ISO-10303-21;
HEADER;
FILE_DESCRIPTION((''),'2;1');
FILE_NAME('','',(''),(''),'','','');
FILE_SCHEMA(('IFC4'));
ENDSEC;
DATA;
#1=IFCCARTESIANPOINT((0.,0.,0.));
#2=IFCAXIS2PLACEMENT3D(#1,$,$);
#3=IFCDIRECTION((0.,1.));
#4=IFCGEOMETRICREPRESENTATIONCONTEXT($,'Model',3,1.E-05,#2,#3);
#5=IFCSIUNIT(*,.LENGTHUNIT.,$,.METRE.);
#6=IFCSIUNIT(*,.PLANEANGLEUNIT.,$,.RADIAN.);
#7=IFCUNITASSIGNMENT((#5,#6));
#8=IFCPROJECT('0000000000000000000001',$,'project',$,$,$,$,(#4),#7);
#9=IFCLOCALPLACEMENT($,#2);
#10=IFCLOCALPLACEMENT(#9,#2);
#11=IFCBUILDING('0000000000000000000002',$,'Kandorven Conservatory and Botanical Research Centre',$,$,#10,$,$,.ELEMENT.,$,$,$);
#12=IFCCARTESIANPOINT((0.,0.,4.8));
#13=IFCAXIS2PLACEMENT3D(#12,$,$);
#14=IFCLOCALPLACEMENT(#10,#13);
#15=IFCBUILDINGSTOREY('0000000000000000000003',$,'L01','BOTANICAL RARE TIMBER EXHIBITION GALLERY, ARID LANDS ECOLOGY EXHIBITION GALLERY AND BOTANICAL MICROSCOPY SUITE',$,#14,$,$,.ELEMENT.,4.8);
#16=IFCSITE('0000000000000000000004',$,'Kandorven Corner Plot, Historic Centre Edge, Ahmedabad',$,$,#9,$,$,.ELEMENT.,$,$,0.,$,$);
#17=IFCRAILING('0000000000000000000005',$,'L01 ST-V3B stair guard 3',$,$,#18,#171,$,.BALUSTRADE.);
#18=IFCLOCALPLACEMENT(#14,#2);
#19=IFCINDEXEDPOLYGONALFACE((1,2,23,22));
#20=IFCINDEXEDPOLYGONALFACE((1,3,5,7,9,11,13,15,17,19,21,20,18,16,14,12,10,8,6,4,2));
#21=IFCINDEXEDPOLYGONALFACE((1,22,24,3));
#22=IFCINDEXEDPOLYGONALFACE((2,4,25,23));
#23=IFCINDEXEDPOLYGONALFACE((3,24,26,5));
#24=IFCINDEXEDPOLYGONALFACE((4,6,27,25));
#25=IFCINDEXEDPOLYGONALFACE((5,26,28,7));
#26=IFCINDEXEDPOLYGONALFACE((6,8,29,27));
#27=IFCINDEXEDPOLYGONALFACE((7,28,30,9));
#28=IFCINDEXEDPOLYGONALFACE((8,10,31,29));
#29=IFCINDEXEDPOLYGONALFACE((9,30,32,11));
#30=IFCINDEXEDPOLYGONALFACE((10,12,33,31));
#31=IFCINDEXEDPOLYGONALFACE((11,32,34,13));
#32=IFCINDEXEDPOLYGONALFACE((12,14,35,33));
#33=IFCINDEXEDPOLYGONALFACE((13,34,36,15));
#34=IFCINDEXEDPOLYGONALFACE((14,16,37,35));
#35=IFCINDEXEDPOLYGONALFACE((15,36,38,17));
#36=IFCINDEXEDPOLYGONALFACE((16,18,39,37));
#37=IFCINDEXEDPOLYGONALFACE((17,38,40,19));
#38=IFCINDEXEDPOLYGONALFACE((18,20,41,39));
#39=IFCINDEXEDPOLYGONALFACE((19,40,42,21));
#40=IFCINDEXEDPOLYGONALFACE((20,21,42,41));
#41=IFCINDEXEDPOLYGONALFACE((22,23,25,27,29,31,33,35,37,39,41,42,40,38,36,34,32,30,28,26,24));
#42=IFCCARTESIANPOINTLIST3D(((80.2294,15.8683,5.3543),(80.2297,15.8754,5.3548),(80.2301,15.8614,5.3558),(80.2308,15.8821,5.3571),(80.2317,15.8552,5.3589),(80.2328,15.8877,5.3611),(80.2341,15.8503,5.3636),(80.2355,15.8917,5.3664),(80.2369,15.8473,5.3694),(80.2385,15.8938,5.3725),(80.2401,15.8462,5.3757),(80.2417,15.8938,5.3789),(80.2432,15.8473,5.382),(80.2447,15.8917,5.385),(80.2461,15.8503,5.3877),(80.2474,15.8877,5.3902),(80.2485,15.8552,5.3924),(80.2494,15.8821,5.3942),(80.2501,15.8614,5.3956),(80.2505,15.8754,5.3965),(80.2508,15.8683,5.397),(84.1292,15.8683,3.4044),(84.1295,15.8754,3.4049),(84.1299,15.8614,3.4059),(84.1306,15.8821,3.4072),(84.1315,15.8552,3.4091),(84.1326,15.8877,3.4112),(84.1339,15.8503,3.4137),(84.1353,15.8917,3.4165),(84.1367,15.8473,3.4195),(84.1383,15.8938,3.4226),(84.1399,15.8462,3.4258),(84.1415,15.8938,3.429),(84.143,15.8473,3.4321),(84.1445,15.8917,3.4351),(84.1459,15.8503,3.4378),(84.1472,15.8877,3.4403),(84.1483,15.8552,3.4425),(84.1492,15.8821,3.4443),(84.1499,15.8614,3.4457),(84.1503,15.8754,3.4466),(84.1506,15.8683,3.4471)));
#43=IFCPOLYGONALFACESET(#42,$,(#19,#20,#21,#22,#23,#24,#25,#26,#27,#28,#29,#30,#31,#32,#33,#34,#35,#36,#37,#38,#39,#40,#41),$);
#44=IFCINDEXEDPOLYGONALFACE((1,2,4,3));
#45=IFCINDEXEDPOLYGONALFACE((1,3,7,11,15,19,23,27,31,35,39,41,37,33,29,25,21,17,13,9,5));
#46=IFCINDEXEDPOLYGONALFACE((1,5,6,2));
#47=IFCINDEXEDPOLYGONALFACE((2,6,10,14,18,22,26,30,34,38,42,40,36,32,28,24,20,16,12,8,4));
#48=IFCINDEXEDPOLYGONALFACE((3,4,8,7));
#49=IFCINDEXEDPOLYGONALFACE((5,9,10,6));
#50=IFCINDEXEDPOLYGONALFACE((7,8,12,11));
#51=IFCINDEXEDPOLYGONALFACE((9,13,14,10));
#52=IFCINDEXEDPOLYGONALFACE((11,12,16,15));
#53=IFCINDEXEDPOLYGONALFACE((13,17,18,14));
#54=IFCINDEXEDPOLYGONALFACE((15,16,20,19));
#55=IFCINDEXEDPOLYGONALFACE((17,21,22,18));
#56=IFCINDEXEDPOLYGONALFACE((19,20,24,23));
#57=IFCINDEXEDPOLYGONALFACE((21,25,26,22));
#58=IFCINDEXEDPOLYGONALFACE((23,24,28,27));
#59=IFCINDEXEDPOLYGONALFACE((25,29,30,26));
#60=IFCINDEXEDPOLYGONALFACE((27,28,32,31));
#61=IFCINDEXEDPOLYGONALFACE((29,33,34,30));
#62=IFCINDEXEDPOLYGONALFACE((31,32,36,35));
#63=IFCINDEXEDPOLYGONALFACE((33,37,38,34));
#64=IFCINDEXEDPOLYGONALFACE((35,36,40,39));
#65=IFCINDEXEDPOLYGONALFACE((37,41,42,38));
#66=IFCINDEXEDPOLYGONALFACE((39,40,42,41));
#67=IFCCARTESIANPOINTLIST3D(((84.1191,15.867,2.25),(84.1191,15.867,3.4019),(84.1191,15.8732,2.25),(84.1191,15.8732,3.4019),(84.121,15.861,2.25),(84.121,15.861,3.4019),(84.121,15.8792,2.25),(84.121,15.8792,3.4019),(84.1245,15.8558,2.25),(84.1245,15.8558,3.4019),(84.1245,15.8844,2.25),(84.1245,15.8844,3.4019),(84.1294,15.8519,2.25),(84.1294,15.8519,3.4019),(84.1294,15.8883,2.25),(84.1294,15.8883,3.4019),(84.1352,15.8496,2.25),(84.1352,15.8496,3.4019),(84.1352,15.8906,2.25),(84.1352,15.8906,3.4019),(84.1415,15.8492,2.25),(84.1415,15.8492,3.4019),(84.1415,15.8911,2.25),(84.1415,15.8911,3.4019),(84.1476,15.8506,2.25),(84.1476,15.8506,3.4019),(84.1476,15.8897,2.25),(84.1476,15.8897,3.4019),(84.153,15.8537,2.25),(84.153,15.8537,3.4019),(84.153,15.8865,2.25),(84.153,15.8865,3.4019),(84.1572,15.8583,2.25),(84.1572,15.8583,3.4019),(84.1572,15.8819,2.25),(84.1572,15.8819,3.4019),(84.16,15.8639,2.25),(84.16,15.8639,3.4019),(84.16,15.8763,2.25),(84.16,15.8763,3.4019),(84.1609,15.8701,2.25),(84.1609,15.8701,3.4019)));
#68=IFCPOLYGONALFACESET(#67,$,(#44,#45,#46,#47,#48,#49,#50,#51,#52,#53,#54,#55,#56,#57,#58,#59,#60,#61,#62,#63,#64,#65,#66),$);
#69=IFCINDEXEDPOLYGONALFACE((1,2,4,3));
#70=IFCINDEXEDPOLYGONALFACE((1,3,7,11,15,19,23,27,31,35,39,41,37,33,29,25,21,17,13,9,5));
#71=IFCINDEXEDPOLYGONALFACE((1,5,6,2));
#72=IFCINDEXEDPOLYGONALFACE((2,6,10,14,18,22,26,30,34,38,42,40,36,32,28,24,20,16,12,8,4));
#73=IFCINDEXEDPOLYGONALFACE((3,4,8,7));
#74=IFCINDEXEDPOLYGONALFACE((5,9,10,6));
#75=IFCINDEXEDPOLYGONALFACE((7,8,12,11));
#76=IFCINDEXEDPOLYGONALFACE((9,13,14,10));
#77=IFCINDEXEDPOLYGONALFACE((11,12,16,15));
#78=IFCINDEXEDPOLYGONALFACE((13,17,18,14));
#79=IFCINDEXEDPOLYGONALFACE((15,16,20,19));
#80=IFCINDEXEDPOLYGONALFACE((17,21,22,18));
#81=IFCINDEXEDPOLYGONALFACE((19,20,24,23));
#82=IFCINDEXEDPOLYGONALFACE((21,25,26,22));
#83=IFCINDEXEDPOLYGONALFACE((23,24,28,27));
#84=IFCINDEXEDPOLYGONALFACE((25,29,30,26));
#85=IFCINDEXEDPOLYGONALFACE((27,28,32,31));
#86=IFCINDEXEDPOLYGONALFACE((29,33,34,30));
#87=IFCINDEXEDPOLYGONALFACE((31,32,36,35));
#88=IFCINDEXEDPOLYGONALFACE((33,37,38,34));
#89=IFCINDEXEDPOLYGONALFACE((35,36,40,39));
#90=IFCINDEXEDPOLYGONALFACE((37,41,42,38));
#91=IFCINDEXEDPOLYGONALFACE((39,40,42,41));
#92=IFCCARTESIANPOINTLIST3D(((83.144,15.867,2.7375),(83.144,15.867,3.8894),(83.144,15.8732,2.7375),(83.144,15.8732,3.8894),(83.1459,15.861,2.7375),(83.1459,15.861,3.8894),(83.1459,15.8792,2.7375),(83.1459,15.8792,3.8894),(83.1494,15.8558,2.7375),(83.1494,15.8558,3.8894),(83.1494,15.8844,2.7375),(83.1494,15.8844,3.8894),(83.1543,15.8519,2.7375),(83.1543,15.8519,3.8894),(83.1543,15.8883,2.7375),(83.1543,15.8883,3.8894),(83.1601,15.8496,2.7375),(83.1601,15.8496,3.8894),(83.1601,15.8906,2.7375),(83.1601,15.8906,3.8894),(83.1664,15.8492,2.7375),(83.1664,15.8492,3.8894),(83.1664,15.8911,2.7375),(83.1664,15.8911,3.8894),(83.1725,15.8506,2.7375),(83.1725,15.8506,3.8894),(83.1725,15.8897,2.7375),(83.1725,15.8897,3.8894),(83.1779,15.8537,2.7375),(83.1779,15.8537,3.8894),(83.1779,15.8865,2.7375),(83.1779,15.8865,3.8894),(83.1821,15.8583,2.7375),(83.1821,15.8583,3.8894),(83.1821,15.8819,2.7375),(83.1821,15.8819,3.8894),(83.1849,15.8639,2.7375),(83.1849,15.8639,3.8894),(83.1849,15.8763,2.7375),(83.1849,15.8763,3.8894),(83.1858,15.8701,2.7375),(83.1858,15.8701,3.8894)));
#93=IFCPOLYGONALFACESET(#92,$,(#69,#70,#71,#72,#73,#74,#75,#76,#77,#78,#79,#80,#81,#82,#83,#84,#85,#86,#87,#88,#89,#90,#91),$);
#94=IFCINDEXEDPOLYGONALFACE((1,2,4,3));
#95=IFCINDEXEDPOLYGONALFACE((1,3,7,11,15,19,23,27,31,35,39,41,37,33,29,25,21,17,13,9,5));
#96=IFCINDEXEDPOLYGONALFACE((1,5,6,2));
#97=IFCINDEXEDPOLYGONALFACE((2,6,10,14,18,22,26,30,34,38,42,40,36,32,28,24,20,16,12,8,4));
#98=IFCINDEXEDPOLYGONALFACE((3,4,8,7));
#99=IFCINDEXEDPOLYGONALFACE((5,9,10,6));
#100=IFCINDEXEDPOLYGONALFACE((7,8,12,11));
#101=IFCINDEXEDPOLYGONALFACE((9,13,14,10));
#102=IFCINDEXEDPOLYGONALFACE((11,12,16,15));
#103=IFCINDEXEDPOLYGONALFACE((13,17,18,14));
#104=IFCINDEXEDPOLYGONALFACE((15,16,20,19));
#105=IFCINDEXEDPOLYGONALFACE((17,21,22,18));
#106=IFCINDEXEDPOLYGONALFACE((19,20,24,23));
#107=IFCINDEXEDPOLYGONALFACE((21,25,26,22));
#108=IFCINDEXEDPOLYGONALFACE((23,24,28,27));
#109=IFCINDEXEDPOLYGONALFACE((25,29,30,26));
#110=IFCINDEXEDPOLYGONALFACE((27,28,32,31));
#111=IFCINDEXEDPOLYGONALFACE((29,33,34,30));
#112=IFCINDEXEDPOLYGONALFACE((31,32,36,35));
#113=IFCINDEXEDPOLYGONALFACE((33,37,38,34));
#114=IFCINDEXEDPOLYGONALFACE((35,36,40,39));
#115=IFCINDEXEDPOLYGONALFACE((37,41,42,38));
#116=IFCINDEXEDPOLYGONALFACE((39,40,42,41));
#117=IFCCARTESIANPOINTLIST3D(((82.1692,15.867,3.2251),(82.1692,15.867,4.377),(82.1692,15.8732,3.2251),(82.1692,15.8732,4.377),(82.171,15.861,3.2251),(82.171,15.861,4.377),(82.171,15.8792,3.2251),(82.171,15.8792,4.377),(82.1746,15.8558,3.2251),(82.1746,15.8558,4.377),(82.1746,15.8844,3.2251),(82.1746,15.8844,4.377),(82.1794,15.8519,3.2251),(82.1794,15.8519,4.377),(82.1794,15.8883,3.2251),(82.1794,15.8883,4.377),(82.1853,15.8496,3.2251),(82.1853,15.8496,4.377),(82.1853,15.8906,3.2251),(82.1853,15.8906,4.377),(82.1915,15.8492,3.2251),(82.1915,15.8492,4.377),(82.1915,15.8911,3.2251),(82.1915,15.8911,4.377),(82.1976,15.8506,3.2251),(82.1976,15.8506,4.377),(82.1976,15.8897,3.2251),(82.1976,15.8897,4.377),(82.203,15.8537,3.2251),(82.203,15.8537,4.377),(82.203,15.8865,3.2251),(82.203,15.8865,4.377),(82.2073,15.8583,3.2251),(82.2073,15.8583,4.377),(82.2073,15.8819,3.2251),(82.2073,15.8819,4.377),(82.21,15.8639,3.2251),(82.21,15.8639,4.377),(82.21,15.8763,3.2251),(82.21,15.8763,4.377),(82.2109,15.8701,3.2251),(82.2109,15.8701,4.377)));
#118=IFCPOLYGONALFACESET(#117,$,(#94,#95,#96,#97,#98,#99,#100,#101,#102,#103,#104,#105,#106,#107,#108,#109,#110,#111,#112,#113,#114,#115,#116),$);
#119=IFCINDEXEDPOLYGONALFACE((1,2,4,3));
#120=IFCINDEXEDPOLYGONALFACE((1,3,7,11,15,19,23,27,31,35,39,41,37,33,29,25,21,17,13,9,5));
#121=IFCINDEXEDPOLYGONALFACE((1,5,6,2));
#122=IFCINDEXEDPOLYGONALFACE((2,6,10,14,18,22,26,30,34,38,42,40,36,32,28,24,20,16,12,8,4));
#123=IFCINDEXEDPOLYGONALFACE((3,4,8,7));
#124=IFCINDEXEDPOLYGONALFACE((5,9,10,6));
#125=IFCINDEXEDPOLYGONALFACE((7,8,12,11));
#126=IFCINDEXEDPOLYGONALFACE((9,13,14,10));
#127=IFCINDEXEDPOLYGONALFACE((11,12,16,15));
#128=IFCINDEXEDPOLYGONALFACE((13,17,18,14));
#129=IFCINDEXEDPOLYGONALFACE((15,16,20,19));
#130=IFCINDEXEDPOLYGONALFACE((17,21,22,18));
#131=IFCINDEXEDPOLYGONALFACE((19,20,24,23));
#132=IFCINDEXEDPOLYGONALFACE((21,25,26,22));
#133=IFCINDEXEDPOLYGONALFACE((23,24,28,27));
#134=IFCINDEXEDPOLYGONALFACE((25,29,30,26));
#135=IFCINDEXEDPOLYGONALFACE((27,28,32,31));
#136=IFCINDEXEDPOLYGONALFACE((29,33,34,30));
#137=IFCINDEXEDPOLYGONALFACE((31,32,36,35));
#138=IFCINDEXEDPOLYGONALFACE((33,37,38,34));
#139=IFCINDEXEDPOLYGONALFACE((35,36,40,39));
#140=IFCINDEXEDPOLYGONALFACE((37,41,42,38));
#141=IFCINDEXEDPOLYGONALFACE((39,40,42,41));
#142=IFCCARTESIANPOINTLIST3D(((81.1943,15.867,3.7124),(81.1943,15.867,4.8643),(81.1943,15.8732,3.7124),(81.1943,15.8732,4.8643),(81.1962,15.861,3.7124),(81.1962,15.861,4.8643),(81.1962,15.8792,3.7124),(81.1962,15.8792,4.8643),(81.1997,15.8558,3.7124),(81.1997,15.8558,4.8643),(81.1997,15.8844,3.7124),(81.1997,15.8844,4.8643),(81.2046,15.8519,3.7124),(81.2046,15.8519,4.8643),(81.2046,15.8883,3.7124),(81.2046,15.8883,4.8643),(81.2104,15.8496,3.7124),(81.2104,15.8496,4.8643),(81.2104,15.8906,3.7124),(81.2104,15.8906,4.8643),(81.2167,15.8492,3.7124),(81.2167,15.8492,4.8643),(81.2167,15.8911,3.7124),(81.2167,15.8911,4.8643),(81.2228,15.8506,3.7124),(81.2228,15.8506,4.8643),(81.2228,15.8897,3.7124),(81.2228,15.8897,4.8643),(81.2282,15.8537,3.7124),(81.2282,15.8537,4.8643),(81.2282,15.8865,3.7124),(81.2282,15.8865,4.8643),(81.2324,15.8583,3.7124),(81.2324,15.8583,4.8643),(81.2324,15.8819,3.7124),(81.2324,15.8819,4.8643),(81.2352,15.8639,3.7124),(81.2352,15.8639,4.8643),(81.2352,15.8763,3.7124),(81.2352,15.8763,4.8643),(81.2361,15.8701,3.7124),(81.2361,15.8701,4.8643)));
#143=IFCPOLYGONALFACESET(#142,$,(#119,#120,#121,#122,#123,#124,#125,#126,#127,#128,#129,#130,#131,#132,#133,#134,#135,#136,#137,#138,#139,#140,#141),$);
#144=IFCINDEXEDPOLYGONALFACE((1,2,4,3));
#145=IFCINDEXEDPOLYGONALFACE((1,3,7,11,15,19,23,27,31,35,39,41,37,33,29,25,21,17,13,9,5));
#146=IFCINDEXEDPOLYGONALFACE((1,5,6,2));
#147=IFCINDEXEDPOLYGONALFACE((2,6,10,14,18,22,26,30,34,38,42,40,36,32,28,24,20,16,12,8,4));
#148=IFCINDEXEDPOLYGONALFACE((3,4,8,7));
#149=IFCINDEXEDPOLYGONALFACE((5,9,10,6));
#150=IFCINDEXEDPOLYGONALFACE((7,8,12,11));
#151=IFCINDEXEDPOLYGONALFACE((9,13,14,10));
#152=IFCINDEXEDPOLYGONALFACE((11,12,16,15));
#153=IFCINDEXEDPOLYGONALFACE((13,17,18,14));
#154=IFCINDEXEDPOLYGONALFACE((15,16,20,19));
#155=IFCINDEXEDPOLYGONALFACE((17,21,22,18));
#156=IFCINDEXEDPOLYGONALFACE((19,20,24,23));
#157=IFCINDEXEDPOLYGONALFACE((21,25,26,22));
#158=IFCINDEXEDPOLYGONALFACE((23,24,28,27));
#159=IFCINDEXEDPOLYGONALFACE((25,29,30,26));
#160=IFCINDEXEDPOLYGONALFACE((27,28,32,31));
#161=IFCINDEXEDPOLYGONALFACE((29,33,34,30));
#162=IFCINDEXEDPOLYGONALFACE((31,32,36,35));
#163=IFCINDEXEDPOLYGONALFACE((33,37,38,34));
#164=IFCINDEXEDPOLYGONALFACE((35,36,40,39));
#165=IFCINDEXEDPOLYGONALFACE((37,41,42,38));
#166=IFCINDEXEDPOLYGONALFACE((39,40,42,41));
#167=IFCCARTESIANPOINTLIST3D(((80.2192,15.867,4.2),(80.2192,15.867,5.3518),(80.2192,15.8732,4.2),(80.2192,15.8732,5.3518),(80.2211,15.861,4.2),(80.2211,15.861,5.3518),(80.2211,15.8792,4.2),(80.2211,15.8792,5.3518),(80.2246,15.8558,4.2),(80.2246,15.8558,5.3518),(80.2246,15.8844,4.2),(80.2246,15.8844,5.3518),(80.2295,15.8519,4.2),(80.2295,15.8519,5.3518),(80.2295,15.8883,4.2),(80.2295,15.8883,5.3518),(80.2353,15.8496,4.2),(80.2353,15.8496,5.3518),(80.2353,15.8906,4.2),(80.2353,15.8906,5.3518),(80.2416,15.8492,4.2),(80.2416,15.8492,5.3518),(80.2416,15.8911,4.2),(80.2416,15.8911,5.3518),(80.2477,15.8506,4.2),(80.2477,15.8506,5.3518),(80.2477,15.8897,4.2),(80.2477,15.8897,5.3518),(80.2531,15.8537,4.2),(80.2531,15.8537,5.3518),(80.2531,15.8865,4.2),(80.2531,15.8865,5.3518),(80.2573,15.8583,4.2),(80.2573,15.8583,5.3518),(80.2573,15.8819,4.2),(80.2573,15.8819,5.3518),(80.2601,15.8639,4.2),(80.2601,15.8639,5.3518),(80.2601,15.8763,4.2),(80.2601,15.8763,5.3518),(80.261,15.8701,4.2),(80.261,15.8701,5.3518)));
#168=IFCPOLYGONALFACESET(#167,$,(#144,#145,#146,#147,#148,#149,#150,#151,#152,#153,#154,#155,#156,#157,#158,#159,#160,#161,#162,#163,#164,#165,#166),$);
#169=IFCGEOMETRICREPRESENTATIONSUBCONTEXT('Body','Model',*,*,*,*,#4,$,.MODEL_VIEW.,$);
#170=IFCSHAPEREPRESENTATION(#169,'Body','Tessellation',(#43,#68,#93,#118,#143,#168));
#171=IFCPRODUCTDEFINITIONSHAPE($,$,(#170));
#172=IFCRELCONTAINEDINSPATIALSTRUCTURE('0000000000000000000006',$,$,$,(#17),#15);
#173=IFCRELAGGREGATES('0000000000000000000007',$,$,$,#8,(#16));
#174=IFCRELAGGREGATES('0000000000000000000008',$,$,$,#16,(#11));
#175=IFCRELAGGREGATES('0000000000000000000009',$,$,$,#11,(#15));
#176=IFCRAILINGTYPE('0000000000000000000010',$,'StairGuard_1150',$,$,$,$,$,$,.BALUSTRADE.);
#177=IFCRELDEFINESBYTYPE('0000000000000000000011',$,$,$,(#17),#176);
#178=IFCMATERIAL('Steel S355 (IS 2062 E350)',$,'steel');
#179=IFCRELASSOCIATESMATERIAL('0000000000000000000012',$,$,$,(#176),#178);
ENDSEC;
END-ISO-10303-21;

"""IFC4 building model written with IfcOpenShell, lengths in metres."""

from ifc_helpers import new_model, si_unit, direction, frame, origin, origin_2d, place, context, subcontext, project, spatial, circle, extrude, material, type_object, element, save


model = new_model("IFC4")

# Units and contexts
model_context = context("Model", 3, precision=1e-05, world=origin(), true_north=direction((0.0, 1.0)))
body_context = subcontext(model_context, "Body", "Model", "MODEL_VIEW")
ifc_project = project(units=[si_unit("LENGTHUNIT", "METRE"), si_unit("PLANEANGLEUNIT", "RADIAN")], contexts=[model_context])

# Site, building, storey
site_placement = place(None, origin())
site = spatial("IfcSite", under=ifc_project, at=site_placement, Name="Kandorven Corner Plot, Historic Centre Edge, Ahmedabad", CompositionType="ELEMENT", RefElevation=0.0)
building_placement = place(site_placement, origin())
building = spatial("IfcBuilding", under=site, at=building_placement, Name="Kandorven Conservatory and Botanical Research Centre", CompositionType="ELEMENT")
storey_placement = place(building_placement, frame((0.0, 0.0, 4.8)))
storey = spatial("IfcBuildingStorey", under=building, at=storey_placement, Name="L01", Description="BOTANICAL RARE TIMBER EXHIBITION GALLERY, ARID LANDS ECOLOGY EXHIBITION GALLERY AND BOTANICAL MICROSCOPY SUITE", CompositionType="ELEMENT", Elevation=4.8)

# Railing
ifc_material_1 = material(Name="Steel S355 (IS 2062 E350)", Category="steel")
railing_type_1 = type_object("IfcRailingType", Name="StairGuard_1150", PredefinedType="BALUSTRADE", material=ifc_material_1)
railing_1_placement = place(storey_placement, frame((84.1399, 15.8701, 2.25)))
element("IfcRailing", 1, at=railing_1_placement, inside=storey, type_object=railing_type_1, Name="L01 ST-V3B stair guard 3", PredefinedType="BALUSTRADE", context=body_context, shape_type="SweptSolid", body=[
    extrude(circle(Radius=0.0239, at=origin_2d()), frame((0.0, 0.0, 1.1758), z_axis=(-0.894427, 0.0, 0.447214), x_axis=(0.0, -1.0, 0.0)), (0.0, 0.0, 1.0), 4.3601),
    extrude(circle(Radius=0.021, at=origin_2d()), origin(), (0.0, 0.0, 1.0), 1.1519),
    extrude(circle(Radius=0.021, at=origin_2d()), frame((-0.9751, 0.0, 0.4875)), (0.0, 0.0, 1.0), 1.1519),
    extrude(circle(Radius=0.021, at=origin_2d()), frame((-1.95, 0.0, 0.9751)), (0.0, 0.0, 1.0), 1.1519),
    extrude(circle(Radius=0.021, at=origin_2d()), frame((-2.9248, 0.0, 1.4624)), (0.0, 0.0, 1.0), 1.1519),
    extrude(circle(Radius=0.021, at=origin_2d()), frame((-3.8999, 0.0, 1.95)), (0.0, 0.0, 1.0), 1.1519),
])

save(model, "model.ifc")
